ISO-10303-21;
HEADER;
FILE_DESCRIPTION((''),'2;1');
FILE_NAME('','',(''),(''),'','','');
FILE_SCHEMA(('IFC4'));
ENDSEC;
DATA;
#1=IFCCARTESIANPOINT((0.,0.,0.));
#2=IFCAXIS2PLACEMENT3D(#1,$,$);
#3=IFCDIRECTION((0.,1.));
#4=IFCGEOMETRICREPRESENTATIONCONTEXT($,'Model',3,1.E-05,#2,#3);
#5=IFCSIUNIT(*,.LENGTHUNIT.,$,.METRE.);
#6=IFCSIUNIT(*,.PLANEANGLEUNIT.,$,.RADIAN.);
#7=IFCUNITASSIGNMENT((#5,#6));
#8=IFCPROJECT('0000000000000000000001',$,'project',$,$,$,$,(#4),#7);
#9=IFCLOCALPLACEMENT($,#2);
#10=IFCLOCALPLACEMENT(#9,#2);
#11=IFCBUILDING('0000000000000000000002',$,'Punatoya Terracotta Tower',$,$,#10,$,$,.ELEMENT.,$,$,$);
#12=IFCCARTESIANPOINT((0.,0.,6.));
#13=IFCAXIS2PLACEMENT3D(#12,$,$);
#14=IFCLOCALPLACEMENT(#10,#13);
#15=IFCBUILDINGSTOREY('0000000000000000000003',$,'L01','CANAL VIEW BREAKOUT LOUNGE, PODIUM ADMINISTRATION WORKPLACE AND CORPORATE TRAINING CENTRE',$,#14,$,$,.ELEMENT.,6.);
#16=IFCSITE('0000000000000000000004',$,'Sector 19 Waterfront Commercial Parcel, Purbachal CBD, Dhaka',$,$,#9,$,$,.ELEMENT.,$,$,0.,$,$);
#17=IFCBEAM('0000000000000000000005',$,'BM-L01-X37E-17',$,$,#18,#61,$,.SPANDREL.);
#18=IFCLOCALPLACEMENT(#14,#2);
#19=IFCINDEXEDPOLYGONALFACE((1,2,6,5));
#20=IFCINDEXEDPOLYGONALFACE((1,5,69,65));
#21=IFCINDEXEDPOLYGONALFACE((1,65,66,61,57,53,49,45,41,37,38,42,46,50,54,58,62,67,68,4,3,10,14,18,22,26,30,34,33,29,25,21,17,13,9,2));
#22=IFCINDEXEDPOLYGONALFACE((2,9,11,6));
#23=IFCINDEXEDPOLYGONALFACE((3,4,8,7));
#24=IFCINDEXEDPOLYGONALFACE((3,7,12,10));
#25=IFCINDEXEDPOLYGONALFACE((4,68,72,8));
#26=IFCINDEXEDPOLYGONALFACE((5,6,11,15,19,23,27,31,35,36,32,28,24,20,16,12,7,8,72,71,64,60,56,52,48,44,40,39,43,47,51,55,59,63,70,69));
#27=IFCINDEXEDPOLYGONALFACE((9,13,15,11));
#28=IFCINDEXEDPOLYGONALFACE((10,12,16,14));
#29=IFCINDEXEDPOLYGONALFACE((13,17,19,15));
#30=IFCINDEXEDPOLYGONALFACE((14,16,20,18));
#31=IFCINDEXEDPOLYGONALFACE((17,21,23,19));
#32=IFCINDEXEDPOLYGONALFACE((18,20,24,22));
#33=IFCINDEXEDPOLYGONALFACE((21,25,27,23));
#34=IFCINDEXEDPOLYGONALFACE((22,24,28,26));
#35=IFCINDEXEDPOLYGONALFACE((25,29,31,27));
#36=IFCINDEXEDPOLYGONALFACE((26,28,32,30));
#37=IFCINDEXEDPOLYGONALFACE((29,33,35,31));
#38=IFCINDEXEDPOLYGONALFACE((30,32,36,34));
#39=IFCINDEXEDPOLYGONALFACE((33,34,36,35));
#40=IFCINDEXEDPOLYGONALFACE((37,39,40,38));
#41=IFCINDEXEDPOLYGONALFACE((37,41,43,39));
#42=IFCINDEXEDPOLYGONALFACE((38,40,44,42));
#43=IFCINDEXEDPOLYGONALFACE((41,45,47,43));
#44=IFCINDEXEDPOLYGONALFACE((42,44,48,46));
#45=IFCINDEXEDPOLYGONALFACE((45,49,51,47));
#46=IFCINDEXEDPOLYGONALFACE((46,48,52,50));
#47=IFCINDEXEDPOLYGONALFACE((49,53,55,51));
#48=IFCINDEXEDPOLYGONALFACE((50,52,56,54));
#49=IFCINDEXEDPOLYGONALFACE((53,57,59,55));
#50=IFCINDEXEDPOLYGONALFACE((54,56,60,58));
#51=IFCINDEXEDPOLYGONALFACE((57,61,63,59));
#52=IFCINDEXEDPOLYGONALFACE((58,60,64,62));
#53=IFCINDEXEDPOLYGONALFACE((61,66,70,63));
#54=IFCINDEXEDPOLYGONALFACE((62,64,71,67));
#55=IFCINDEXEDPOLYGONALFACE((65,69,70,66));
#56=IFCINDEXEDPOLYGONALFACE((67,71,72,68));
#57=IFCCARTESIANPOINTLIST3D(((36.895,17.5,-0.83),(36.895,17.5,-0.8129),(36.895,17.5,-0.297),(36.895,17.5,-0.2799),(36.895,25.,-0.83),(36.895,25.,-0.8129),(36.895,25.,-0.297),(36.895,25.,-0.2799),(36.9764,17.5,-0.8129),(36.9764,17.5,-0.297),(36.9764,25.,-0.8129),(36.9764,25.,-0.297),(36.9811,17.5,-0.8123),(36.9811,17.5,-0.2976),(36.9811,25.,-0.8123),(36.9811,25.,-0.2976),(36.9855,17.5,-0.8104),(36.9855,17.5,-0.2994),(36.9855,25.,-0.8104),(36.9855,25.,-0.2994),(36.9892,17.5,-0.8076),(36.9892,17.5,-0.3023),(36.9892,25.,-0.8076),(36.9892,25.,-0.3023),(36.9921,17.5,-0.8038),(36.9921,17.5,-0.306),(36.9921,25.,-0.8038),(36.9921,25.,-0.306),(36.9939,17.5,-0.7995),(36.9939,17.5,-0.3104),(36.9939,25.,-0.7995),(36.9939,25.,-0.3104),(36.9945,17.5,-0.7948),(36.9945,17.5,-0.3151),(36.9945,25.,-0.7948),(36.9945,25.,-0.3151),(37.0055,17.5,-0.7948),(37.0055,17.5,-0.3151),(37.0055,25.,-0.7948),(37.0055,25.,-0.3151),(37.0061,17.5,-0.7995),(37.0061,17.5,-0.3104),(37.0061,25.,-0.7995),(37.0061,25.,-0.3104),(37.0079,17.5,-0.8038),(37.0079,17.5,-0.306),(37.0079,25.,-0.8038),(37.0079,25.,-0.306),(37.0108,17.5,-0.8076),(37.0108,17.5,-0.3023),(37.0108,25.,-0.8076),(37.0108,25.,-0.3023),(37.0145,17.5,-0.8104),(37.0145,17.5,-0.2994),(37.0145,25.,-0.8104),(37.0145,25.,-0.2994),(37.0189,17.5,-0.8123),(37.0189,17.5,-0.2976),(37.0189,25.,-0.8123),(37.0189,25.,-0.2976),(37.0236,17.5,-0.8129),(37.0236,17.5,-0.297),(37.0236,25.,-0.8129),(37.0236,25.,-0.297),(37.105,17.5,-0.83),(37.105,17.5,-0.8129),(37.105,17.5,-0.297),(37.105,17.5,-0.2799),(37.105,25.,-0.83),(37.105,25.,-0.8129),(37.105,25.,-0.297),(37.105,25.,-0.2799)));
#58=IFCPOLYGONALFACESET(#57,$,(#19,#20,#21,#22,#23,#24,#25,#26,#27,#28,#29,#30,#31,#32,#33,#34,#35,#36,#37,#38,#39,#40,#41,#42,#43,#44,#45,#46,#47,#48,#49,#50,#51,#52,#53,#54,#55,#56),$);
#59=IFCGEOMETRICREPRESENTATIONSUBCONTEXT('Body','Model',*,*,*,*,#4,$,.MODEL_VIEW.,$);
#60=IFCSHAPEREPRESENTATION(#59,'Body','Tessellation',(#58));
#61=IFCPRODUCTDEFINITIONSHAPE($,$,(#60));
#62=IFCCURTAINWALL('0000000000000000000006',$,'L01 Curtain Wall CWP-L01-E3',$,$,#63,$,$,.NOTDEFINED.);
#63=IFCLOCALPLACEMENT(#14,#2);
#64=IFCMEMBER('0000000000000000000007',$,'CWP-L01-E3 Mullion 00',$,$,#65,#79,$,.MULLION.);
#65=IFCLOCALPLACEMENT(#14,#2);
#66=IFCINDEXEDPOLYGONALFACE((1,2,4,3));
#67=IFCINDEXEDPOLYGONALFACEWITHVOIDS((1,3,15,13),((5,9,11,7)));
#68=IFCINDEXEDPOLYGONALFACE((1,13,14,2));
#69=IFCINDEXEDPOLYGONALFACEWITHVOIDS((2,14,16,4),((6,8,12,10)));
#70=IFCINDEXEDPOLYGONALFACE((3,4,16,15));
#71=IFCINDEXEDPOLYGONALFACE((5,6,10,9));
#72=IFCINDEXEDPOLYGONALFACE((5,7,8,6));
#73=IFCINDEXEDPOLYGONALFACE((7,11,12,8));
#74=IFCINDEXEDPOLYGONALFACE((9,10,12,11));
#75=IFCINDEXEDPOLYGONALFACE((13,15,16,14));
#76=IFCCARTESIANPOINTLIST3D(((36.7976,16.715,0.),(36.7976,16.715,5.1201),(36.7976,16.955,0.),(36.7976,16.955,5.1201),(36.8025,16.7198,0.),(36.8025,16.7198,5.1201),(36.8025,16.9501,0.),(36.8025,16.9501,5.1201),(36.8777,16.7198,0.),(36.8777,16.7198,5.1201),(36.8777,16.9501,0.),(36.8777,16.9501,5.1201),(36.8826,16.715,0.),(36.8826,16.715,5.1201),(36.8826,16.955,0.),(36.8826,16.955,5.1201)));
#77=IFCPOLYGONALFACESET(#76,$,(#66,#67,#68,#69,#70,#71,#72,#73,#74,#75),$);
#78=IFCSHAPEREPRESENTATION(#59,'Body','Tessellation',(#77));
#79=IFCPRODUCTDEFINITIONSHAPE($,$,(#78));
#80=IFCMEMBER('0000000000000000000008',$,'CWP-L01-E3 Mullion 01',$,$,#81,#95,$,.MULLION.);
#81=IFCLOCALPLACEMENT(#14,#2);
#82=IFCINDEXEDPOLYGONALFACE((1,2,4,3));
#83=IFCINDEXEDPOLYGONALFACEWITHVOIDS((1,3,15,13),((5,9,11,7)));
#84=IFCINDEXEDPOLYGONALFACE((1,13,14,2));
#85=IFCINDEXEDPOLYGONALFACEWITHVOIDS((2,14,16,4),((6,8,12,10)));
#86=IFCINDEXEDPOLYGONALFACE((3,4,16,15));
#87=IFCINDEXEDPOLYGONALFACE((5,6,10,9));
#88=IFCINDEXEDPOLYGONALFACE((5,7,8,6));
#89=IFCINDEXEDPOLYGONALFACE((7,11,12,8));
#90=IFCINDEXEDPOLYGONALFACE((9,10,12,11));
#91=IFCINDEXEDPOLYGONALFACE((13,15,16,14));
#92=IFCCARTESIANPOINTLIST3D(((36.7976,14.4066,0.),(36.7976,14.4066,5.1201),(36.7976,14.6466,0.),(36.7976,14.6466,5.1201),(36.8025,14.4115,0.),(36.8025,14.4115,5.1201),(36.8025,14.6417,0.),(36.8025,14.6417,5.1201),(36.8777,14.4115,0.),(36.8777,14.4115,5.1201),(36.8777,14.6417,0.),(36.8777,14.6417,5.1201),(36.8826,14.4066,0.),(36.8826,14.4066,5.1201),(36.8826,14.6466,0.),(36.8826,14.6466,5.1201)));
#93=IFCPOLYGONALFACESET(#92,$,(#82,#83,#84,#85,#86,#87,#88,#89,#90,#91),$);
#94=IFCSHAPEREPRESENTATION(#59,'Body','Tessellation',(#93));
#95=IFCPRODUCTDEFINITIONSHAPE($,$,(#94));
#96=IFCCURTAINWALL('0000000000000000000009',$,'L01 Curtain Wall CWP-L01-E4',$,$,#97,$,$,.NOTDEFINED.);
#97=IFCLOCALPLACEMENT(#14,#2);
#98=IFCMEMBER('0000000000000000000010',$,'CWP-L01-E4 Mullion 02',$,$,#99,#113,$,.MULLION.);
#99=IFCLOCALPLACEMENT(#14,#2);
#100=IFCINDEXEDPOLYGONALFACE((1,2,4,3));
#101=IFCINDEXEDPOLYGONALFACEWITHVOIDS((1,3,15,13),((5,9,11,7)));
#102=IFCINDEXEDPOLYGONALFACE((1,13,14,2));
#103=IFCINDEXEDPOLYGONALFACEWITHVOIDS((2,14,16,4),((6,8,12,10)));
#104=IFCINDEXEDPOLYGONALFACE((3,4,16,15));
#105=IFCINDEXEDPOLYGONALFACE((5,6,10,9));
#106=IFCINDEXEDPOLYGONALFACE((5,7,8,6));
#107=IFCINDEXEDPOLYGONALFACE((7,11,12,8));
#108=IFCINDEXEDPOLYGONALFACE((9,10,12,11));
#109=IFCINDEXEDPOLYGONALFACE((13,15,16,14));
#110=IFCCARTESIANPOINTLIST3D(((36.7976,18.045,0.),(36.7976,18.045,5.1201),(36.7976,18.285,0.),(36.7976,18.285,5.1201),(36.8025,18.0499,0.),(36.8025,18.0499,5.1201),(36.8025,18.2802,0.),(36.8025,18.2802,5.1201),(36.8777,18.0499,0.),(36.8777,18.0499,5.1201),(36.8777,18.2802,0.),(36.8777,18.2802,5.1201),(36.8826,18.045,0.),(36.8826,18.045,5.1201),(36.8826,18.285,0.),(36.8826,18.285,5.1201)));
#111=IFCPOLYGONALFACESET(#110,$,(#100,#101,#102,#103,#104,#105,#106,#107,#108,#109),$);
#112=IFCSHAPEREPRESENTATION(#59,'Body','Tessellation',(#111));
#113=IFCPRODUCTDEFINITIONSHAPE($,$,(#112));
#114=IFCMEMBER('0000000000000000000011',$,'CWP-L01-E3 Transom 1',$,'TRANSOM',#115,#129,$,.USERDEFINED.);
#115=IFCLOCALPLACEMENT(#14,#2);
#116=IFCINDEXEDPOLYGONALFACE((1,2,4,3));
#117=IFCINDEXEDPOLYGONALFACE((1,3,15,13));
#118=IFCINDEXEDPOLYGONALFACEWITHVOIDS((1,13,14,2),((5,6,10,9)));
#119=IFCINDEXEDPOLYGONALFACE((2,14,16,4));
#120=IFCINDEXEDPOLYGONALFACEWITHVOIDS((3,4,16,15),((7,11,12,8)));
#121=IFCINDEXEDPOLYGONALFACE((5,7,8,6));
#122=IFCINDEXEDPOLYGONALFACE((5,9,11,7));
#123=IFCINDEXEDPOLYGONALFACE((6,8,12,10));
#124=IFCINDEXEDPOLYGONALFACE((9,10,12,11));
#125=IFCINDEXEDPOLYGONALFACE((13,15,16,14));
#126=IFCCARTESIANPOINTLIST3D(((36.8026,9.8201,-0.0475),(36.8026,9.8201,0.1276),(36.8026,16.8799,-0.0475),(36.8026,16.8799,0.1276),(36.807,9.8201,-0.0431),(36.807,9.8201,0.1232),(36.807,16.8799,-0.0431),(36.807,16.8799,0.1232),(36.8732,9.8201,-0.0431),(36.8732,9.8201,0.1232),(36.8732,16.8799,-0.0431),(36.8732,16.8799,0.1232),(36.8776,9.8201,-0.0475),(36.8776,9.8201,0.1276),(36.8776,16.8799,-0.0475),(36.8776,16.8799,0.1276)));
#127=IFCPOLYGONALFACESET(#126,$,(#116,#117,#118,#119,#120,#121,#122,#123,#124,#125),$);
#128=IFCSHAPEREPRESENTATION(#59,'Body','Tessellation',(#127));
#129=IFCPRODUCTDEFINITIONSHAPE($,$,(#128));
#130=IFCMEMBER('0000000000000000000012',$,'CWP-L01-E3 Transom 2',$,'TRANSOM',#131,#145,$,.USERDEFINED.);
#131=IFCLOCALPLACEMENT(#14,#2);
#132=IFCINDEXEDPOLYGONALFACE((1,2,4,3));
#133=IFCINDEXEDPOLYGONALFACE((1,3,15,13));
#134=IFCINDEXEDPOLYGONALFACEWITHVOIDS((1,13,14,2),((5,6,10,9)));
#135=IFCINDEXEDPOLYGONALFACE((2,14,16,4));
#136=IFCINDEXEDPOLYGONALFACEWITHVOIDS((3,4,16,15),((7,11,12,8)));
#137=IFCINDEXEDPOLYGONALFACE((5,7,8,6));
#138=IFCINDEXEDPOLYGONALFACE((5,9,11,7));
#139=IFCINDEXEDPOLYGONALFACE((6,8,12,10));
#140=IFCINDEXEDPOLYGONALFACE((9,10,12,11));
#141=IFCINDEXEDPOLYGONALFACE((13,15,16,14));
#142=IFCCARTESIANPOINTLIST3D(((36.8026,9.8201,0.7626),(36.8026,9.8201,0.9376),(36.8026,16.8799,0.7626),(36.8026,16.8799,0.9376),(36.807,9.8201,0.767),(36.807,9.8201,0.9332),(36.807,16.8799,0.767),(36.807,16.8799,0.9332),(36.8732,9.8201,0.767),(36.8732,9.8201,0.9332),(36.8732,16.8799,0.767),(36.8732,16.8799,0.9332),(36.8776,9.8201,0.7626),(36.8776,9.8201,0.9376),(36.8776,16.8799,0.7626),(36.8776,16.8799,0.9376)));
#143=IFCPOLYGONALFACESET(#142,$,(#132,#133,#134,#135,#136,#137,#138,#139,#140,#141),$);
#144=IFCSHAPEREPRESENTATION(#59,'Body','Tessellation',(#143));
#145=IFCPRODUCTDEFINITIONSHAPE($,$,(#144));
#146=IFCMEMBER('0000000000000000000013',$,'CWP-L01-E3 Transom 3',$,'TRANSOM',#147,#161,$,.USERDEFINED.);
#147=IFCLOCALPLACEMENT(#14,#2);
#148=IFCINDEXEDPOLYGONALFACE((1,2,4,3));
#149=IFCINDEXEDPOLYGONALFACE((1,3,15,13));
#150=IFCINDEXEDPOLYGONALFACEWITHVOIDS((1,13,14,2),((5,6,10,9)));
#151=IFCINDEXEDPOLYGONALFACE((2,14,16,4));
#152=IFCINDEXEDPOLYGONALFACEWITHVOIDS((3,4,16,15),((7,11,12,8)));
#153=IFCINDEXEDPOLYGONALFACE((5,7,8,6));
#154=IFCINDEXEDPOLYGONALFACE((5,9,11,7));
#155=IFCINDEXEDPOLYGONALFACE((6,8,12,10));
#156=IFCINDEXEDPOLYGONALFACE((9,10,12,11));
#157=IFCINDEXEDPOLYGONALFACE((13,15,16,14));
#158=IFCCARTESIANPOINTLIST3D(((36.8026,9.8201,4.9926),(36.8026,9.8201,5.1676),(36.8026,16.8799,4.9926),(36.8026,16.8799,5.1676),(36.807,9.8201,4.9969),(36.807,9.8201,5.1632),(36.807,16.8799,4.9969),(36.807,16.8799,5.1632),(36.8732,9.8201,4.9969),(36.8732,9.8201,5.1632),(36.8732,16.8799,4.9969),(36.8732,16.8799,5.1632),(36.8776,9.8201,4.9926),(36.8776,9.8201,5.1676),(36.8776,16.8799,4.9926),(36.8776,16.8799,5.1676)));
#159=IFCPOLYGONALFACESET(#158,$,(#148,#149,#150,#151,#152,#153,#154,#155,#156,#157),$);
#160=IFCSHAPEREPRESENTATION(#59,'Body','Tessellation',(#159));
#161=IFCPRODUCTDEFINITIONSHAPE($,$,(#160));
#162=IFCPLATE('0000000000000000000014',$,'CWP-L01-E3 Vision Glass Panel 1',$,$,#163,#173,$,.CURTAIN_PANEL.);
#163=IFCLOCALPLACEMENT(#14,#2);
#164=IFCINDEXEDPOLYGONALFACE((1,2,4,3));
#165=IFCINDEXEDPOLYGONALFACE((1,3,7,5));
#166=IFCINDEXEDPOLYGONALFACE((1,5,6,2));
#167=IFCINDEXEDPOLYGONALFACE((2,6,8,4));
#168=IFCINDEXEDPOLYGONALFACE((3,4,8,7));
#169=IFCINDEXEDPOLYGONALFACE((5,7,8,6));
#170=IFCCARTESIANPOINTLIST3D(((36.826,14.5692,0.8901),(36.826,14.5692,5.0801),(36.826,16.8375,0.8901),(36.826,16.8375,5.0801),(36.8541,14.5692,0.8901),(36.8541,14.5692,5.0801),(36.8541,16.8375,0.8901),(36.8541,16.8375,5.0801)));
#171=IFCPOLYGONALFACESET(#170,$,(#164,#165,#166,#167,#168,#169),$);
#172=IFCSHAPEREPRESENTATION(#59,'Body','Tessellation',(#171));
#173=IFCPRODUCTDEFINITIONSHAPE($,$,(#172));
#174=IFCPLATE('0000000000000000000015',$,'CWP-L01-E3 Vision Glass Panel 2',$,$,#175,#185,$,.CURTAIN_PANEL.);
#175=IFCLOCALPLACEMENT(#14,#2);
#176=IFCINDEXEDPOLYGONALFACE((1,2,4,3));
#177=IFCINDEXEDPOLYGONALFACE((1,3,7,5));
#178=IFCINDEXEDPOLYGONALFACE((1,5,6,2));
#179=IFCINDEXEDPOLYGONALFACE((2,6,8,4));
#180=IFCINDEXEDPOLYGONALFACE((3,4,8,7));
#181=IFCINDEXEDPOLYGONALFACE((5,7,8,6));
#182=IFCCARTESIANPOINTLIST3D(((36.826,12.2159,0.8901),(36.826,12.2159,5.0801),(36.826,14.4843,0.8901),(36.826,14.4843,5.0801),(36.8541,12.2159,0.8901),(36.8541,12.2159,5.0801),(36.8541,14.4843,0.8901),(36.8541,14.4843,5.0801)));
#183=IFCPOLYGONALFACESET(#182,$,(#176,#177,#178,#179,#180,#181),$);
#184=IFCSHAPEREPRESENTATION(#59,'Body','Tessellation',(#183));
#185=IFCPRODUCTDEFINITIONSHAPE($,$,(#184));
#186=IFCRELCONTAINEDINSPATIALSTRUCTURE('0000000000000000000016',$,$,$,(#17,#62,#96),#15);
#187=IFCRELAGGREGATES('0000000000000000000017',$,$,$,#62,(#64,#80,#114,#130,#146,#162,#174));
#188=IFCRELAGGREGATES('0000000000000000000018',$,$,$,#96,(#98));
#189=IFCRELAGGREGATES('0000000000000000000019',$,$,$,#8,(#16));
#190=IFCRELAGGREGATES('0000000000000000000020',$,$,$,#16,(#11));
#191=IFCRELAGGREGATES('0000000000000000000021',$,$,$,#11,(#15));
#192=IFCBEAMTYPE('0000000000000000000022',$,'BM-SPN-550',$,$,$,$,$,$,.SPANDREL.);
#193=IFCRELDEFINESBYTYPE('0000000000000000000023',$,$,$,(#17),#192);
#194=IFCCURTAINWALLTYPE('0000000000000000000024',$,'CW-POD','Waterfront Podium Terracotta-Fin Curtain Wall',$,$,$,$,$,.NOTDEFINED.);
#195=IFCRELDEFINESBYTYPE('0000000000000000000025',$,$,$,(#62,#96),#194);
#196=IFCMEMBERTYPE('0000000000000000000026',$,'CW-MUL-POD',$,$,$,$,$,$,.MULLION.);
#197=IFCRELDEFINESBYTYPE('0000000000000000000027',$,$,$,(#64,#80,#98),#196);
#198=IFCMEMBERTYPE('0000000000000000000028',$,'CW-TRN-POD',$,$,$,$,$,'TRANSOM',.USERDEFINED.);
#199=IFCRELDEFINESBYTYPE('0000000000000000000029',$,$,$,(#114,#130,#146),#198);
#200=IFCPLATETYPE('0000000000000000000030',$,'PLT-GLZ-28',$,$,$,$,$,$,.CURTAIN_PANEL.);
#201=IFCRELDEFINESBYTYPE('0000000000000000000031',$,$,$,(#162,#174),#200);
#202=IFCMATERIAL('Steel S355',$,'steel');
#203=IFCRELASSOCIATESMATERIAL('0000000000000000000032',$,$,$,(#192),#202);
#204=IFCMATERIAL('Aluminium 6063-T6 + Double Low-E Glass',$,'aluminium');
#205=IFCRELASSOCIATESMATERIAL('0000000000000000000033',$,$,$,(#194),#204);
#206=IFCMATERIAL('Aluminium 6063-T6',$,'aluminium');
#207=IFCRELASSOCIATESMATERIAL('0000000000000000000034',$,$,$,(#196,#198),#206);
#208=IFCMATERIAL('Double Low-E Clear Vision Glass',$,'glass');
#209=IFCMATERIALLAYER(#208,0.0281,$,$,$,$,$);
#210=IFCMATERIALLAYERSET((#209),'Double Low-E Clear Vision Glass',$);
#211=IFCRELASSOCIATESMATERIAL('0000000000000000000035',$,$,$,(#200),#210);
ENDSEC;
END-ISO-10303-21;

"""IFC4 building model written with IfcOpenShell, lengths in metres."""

from ifc_helpers import new_model, si_unit, direction, frame, origin, origin_2d, place, context, subcontext, project, spatial, rectangle, hollow_rectangle, i_section, extrude, material, layer, layer_set, material_profile, profile_set, type_object, element, aggregate, save


model = new_model("IFC4")

# Units and contexts
model_context = context("Model", 3, precision=1e-05, world=origin(), true_north=direction((0.0, 1.0)))
body_context = subcontext(model_context, "Body", "Model", "MODEL_VIEW")
ifc_project = project(units=[si_unit("LENGTHUNIT", "METRE"), si_unit("PLANEANGLEUNIT", "RADIAN")], contexts=[model_context])

# Site, building, storey
site_placement = place(None, origin())
site = spatial("IfcSite", under=ifc_project, at=site_placement, Name="Sector 19 Waterfront Commercial Parcel, Purbachal CBD, Dhaka", CompositionType="ELEMENT", RefElevation=0.0)
building_placement = place(site_placement, origin())
building = spatial("IfcBuilding", under=site, at=building_placement, Name="Punatoya Terracotta Tower", CompositionType="ELEMENT")
storey_placement = place(building_placement, frame((0.0, 0.0, 6.0)))
storey = spatial("IfcBuildingStorey", under=building, at=storey_placement, Name="L01", Description="CANAL VIEW BREAKOUT LOUNGE, PODIUM ADMINISTRATION WORKPLACE AND CORPORATE TRAINING CENTRE", CompositionType="ELEMENT", Elevation=6.0)

# Beam
ifc_material_1 = material(Name="Steel S355", Category="steel")
ifc_material_profile_1 = material_profile(ifc_material_1, i_section(OverallWidth=0.21, OverallDepth=0.55, WebThickness=0.011, FlangeThickness=0.0171, FilletRadius=0.0181, at=origin_2d()))
ifc_profile_set_1 = profile_set([ifc_material_profile_1], Name="Steel S355")
beam_type_1 = type_object("IfcBeamType", Name="BM-SPN-550", PredefinedType="SPANDREL", material=ifc_profile_set_1)
beam_1_placement = place(storey_placement, frame((37.0, 17.5, -0.5549), z_axis=(0.0, 1.0, 0.0), x_axis=(-1.0, 0.0, 0.0)))
element("IfcBeam", 1, at=beam_1_placement, inside=storey, type_object=beam_type_1, Name="BM-L01-X37E-17", PredefinedType="SPANDREL", context=body_context, shape_type="SweptSolid", body=[
    extrude(i_section(OverallWidth=0.21, OverallDepth=0.55, WebThickness=0.011, FlangeThickness=0.0171, FilletRadius=0.0181, at=origin_2d()), origin(), (0.0, 0.0, 1.0), 7.5),
])

# Curtain wall, members
ifc_material_2 = material(Name="Aluminium 6063-T6 + Double Low-E Glass", Category="aluminium")
curtain_wall_type = type_object("IfcCurtainWallType", Name="CW-POD", Description="Waterfront Podium Terracotta-Fin Curtain Wall", PredefinedType="NOTDEFINED", material=ifc_material_2)
curtain_wall_1_placement = place(storey_placement, origin())
curtain_wall_1 = element("IfcCurtainWall", 2, at=curtain_wall_1_placement, inside=storey, type_object=curtain_wall_type, Name="L01 Curtain Wall CWP-L01-E3", PredefinedType="NOTDEFINED")
ifc_material_3 = material(Name="Aluminium 6063-T6", Category="aluminium")
ifc_material_profile_2 = material_profile(ifc_material_3, hollow_rectangle(XDim=0.085, YDim=0.24, WallThickness=0.0049, at=origin_2d()))
ifc_profile_set_2 = profile_set([ifc_material_profile_2], Name="Aluminium 6063-T6")
member_type_1 = type_object("IfcMemberType", Name="CW-MUL-POD", PredefinedType="MULLION", material=ifc_profile_set_2)
member_1_placement = place(storey_placement, frame((36.8401, 16.835, 0.0), z_axis=(0.0, 0.0, 1.0), x_axis=(1.0, 0.0, 0.0)))
member_1 = element("IfcMember", 3, at=member_1_placement, type_object=member_type_1, Name="CWP-L01-E3 Mullion 00", PredefinedType="MULLION", context=body_context, shape_type="SweptSolid", body=[
    extrude(hollow_rectangle(XDim=0.085, YDim=0.24, WallThickness=0.0049, at=origin_2d()), origin(), (0.0, 0.0, 1.0), 5.1201),
])
member_2_placement = place(storey_placement, frame((36.8401, 14.5266, 0.0), z_axis=(0.0, 0.0, 1.0), x_axis=(1.0, 0.0, 0.0)))
member_2 = element("IfcMember", 4, at=member_2_placement, type_object=member_type_1, Name="CWP-L01-E3 Mullion 01", PredefinedType="MULLION", context=body_context, shape_type="SweptSolid", body=[
    extrude(hollow_rectangle(XDim=0.085, YDim=0.24, WallThickness=0.0049, at=origin_2d()), origin(), (0.0, 0.0, 1.0), 5.1201),
])

# Curtain wall, member
curtain_wall_2_placement = place(storey_placement, origin())
curtain_wall_2 = element("IfcCurtainWall", 5, at=curtain_wall_2_placement, inside=storey, type_object=curtain_wall_type, Name="L01 Curtain Wall CWP-L01-E4", PredefinedType="NOTDEFINED")
member_3_placement = place(storey_placement, frame((36.8401, 18.165, 0.0), z_axis=(0.0, 0.0, 1.0), x_axis=(1.0, 0.0, 0.0)))
member_3 = element("IfcMember", 6, at=member_3_placement, type_object=member_type_1, Name="CWP-L01-E4 Mullion 02", PredefinedType="MULLION", context=body_context, shape_type="SweptSolid", body=[
    extrude(hollow_rectangle(XDim=0.085, YDim=0.24, WallThickness=0.0049, at=origin_2d()), origin(), (0.0, 0.0, 1.0), 5.1201),
])

# Members
ifc_material_profile_3 = material_profile(ifc_material_3, hollow_rectangle(XDim=0.075, YDim=0.175, WallThickness=0.0044, at=origin_2d()))
ifc_profile_set_3 = profile_set([ifc_material_profile_3], Name="Aluminium 6063-T6")
member_type_2 = type_object("IfcMemberType", Name="CW-TRN-POD", ElementType="TRANSOM", PredefinedType="USERDEFINED", material=ifc_profile_set_3)
member_4_placement = place(storey_placement, frame((36.8401, 16.8799, 0.04), z_axis=(0.0, -1.0, 0.0), x_axis=(1.0, 0.0, 0.0)))
member_4 = element("IfcMember", 7, at=member_4_placement, type_object=member_type_2, Name="CWP-L01-E3 Transom 1", ObjectType="TRANSOM", PredefinedType="USERDEFINED", context=body_context, shape_type="SweptSolid", body=[
    extrude(hollow_rectangle(XDim=0.075, YDim=0.175, WallThickness=0.0044, at=origin_2d()), origin(), (0.0, 0.0, 1.0), 7.0598),
])
member_5_placement = place(storey_placement, frame((36.8401, 16.8799, 0.8501), z_axis=(0.0, -1.0, 0.0), x_axis=(1.0, 0.0, 0.0)))
member_5 = element("IfcMember", 8, at=member_5_placement, type_object=member_type_2, Name="CWP-L01-E3 Transom 2", ObjectType="TRANSOM", PredefinedType="USERDEFINED", context=body_context, shape_type="SweptSolid", body=[
    extrude(hollow_rectangle(XDim=0.075, YDim=0.175, WallThickness=0.0044, at=origin_2d()), origin(), (0.0, 0.0, 1.0), 7.0598),
])
member_6_placement = place(storey_placement, frame((36.8401, 16.8799, 5.0801), z_axis=(0.0, -1.0, 0.0), x_axis=(1.0, 0.0, 0.0)))
member_6 = element("IfcMember", 9, at=member_6_placement, type_object=member_type_2, Name="CWP-L01-E3 Transom 3", ObjectType="TRANSOM", PredefinedType="USERDEFINED", context=body_context, shape_type="SweptSolid", body=[
    extrude(hollow_rectangle(XDim=0.075, YDim=0.175, WallThickness=0.0044, at=origin_2d()), origin(), (0.0, 0.0, 1.0), 7.0598),
])

# Plates
ifc_material_4 = material(Name="Double Low-E Clear Vision Glass", Category="glass")
ifc_layer_1 = layer(ifc_material_4, 0.0281)
ifc_layer_set_1 = layer_set([ifc_layer_1], Name="Double Low-E Clear Vision Glass")
plate_type_1 = type_object("IfcPlateType", Name="PLT-GLZ-28", PredefinedType="CURTAIN_PANEL", material=ifc_layer_set_1)
plate_1_placement = place(storey_placement, frame((36.8401, 15.7034, 0.8901), z_axis=(0.0, 0.0, 1.0), x_axis=(0.0, -1.0, 0.0)))
plate_1 = element("IfcPlate", 10, at=plate_1_placement, type_object=plate_type_1, Name="CWP-L01-E3 Vision Glass Panel 1", PredefinedType="CURTAIN_PANEL", context=body_context, shape_type="SweptSolid", body=[
    extrude(rectangle(XDim=2.2683, YDim=0.0281, at=origin_2d()), origin(), (0.0, 0.0, 1.0), 4.1899),
])
plate_2_placement = place(storey_placement, frame((36.8401, 13.3501, 0.8901), z_axis=(0.0, 0.0, 1.0), x_axis=(0.0, -1.0, 0.0)))
plate_2 = element("IfcPlate", 11, at=plate_2_placement, type_object=plate_type_1, Name="CWP-L01-E3 Vision Glass Panel 2", PredefinedType="CURTAIN_PANEL", context=body_context, shape_type="SweptSolid", body=[
    extrude(rectangle(XDim=2.2683, YDim=0.0281, at=origin_2d()), origin(), (0.0, 0.0, 1.0), 4.1899),
])
aggregate(curtain_wall_1, [member_1, member_2, member_4, member_5, member_6, plate_1, plate_2])
aggregate(curtain_wall_2, [member_3])

save(model, "model.ifc")
